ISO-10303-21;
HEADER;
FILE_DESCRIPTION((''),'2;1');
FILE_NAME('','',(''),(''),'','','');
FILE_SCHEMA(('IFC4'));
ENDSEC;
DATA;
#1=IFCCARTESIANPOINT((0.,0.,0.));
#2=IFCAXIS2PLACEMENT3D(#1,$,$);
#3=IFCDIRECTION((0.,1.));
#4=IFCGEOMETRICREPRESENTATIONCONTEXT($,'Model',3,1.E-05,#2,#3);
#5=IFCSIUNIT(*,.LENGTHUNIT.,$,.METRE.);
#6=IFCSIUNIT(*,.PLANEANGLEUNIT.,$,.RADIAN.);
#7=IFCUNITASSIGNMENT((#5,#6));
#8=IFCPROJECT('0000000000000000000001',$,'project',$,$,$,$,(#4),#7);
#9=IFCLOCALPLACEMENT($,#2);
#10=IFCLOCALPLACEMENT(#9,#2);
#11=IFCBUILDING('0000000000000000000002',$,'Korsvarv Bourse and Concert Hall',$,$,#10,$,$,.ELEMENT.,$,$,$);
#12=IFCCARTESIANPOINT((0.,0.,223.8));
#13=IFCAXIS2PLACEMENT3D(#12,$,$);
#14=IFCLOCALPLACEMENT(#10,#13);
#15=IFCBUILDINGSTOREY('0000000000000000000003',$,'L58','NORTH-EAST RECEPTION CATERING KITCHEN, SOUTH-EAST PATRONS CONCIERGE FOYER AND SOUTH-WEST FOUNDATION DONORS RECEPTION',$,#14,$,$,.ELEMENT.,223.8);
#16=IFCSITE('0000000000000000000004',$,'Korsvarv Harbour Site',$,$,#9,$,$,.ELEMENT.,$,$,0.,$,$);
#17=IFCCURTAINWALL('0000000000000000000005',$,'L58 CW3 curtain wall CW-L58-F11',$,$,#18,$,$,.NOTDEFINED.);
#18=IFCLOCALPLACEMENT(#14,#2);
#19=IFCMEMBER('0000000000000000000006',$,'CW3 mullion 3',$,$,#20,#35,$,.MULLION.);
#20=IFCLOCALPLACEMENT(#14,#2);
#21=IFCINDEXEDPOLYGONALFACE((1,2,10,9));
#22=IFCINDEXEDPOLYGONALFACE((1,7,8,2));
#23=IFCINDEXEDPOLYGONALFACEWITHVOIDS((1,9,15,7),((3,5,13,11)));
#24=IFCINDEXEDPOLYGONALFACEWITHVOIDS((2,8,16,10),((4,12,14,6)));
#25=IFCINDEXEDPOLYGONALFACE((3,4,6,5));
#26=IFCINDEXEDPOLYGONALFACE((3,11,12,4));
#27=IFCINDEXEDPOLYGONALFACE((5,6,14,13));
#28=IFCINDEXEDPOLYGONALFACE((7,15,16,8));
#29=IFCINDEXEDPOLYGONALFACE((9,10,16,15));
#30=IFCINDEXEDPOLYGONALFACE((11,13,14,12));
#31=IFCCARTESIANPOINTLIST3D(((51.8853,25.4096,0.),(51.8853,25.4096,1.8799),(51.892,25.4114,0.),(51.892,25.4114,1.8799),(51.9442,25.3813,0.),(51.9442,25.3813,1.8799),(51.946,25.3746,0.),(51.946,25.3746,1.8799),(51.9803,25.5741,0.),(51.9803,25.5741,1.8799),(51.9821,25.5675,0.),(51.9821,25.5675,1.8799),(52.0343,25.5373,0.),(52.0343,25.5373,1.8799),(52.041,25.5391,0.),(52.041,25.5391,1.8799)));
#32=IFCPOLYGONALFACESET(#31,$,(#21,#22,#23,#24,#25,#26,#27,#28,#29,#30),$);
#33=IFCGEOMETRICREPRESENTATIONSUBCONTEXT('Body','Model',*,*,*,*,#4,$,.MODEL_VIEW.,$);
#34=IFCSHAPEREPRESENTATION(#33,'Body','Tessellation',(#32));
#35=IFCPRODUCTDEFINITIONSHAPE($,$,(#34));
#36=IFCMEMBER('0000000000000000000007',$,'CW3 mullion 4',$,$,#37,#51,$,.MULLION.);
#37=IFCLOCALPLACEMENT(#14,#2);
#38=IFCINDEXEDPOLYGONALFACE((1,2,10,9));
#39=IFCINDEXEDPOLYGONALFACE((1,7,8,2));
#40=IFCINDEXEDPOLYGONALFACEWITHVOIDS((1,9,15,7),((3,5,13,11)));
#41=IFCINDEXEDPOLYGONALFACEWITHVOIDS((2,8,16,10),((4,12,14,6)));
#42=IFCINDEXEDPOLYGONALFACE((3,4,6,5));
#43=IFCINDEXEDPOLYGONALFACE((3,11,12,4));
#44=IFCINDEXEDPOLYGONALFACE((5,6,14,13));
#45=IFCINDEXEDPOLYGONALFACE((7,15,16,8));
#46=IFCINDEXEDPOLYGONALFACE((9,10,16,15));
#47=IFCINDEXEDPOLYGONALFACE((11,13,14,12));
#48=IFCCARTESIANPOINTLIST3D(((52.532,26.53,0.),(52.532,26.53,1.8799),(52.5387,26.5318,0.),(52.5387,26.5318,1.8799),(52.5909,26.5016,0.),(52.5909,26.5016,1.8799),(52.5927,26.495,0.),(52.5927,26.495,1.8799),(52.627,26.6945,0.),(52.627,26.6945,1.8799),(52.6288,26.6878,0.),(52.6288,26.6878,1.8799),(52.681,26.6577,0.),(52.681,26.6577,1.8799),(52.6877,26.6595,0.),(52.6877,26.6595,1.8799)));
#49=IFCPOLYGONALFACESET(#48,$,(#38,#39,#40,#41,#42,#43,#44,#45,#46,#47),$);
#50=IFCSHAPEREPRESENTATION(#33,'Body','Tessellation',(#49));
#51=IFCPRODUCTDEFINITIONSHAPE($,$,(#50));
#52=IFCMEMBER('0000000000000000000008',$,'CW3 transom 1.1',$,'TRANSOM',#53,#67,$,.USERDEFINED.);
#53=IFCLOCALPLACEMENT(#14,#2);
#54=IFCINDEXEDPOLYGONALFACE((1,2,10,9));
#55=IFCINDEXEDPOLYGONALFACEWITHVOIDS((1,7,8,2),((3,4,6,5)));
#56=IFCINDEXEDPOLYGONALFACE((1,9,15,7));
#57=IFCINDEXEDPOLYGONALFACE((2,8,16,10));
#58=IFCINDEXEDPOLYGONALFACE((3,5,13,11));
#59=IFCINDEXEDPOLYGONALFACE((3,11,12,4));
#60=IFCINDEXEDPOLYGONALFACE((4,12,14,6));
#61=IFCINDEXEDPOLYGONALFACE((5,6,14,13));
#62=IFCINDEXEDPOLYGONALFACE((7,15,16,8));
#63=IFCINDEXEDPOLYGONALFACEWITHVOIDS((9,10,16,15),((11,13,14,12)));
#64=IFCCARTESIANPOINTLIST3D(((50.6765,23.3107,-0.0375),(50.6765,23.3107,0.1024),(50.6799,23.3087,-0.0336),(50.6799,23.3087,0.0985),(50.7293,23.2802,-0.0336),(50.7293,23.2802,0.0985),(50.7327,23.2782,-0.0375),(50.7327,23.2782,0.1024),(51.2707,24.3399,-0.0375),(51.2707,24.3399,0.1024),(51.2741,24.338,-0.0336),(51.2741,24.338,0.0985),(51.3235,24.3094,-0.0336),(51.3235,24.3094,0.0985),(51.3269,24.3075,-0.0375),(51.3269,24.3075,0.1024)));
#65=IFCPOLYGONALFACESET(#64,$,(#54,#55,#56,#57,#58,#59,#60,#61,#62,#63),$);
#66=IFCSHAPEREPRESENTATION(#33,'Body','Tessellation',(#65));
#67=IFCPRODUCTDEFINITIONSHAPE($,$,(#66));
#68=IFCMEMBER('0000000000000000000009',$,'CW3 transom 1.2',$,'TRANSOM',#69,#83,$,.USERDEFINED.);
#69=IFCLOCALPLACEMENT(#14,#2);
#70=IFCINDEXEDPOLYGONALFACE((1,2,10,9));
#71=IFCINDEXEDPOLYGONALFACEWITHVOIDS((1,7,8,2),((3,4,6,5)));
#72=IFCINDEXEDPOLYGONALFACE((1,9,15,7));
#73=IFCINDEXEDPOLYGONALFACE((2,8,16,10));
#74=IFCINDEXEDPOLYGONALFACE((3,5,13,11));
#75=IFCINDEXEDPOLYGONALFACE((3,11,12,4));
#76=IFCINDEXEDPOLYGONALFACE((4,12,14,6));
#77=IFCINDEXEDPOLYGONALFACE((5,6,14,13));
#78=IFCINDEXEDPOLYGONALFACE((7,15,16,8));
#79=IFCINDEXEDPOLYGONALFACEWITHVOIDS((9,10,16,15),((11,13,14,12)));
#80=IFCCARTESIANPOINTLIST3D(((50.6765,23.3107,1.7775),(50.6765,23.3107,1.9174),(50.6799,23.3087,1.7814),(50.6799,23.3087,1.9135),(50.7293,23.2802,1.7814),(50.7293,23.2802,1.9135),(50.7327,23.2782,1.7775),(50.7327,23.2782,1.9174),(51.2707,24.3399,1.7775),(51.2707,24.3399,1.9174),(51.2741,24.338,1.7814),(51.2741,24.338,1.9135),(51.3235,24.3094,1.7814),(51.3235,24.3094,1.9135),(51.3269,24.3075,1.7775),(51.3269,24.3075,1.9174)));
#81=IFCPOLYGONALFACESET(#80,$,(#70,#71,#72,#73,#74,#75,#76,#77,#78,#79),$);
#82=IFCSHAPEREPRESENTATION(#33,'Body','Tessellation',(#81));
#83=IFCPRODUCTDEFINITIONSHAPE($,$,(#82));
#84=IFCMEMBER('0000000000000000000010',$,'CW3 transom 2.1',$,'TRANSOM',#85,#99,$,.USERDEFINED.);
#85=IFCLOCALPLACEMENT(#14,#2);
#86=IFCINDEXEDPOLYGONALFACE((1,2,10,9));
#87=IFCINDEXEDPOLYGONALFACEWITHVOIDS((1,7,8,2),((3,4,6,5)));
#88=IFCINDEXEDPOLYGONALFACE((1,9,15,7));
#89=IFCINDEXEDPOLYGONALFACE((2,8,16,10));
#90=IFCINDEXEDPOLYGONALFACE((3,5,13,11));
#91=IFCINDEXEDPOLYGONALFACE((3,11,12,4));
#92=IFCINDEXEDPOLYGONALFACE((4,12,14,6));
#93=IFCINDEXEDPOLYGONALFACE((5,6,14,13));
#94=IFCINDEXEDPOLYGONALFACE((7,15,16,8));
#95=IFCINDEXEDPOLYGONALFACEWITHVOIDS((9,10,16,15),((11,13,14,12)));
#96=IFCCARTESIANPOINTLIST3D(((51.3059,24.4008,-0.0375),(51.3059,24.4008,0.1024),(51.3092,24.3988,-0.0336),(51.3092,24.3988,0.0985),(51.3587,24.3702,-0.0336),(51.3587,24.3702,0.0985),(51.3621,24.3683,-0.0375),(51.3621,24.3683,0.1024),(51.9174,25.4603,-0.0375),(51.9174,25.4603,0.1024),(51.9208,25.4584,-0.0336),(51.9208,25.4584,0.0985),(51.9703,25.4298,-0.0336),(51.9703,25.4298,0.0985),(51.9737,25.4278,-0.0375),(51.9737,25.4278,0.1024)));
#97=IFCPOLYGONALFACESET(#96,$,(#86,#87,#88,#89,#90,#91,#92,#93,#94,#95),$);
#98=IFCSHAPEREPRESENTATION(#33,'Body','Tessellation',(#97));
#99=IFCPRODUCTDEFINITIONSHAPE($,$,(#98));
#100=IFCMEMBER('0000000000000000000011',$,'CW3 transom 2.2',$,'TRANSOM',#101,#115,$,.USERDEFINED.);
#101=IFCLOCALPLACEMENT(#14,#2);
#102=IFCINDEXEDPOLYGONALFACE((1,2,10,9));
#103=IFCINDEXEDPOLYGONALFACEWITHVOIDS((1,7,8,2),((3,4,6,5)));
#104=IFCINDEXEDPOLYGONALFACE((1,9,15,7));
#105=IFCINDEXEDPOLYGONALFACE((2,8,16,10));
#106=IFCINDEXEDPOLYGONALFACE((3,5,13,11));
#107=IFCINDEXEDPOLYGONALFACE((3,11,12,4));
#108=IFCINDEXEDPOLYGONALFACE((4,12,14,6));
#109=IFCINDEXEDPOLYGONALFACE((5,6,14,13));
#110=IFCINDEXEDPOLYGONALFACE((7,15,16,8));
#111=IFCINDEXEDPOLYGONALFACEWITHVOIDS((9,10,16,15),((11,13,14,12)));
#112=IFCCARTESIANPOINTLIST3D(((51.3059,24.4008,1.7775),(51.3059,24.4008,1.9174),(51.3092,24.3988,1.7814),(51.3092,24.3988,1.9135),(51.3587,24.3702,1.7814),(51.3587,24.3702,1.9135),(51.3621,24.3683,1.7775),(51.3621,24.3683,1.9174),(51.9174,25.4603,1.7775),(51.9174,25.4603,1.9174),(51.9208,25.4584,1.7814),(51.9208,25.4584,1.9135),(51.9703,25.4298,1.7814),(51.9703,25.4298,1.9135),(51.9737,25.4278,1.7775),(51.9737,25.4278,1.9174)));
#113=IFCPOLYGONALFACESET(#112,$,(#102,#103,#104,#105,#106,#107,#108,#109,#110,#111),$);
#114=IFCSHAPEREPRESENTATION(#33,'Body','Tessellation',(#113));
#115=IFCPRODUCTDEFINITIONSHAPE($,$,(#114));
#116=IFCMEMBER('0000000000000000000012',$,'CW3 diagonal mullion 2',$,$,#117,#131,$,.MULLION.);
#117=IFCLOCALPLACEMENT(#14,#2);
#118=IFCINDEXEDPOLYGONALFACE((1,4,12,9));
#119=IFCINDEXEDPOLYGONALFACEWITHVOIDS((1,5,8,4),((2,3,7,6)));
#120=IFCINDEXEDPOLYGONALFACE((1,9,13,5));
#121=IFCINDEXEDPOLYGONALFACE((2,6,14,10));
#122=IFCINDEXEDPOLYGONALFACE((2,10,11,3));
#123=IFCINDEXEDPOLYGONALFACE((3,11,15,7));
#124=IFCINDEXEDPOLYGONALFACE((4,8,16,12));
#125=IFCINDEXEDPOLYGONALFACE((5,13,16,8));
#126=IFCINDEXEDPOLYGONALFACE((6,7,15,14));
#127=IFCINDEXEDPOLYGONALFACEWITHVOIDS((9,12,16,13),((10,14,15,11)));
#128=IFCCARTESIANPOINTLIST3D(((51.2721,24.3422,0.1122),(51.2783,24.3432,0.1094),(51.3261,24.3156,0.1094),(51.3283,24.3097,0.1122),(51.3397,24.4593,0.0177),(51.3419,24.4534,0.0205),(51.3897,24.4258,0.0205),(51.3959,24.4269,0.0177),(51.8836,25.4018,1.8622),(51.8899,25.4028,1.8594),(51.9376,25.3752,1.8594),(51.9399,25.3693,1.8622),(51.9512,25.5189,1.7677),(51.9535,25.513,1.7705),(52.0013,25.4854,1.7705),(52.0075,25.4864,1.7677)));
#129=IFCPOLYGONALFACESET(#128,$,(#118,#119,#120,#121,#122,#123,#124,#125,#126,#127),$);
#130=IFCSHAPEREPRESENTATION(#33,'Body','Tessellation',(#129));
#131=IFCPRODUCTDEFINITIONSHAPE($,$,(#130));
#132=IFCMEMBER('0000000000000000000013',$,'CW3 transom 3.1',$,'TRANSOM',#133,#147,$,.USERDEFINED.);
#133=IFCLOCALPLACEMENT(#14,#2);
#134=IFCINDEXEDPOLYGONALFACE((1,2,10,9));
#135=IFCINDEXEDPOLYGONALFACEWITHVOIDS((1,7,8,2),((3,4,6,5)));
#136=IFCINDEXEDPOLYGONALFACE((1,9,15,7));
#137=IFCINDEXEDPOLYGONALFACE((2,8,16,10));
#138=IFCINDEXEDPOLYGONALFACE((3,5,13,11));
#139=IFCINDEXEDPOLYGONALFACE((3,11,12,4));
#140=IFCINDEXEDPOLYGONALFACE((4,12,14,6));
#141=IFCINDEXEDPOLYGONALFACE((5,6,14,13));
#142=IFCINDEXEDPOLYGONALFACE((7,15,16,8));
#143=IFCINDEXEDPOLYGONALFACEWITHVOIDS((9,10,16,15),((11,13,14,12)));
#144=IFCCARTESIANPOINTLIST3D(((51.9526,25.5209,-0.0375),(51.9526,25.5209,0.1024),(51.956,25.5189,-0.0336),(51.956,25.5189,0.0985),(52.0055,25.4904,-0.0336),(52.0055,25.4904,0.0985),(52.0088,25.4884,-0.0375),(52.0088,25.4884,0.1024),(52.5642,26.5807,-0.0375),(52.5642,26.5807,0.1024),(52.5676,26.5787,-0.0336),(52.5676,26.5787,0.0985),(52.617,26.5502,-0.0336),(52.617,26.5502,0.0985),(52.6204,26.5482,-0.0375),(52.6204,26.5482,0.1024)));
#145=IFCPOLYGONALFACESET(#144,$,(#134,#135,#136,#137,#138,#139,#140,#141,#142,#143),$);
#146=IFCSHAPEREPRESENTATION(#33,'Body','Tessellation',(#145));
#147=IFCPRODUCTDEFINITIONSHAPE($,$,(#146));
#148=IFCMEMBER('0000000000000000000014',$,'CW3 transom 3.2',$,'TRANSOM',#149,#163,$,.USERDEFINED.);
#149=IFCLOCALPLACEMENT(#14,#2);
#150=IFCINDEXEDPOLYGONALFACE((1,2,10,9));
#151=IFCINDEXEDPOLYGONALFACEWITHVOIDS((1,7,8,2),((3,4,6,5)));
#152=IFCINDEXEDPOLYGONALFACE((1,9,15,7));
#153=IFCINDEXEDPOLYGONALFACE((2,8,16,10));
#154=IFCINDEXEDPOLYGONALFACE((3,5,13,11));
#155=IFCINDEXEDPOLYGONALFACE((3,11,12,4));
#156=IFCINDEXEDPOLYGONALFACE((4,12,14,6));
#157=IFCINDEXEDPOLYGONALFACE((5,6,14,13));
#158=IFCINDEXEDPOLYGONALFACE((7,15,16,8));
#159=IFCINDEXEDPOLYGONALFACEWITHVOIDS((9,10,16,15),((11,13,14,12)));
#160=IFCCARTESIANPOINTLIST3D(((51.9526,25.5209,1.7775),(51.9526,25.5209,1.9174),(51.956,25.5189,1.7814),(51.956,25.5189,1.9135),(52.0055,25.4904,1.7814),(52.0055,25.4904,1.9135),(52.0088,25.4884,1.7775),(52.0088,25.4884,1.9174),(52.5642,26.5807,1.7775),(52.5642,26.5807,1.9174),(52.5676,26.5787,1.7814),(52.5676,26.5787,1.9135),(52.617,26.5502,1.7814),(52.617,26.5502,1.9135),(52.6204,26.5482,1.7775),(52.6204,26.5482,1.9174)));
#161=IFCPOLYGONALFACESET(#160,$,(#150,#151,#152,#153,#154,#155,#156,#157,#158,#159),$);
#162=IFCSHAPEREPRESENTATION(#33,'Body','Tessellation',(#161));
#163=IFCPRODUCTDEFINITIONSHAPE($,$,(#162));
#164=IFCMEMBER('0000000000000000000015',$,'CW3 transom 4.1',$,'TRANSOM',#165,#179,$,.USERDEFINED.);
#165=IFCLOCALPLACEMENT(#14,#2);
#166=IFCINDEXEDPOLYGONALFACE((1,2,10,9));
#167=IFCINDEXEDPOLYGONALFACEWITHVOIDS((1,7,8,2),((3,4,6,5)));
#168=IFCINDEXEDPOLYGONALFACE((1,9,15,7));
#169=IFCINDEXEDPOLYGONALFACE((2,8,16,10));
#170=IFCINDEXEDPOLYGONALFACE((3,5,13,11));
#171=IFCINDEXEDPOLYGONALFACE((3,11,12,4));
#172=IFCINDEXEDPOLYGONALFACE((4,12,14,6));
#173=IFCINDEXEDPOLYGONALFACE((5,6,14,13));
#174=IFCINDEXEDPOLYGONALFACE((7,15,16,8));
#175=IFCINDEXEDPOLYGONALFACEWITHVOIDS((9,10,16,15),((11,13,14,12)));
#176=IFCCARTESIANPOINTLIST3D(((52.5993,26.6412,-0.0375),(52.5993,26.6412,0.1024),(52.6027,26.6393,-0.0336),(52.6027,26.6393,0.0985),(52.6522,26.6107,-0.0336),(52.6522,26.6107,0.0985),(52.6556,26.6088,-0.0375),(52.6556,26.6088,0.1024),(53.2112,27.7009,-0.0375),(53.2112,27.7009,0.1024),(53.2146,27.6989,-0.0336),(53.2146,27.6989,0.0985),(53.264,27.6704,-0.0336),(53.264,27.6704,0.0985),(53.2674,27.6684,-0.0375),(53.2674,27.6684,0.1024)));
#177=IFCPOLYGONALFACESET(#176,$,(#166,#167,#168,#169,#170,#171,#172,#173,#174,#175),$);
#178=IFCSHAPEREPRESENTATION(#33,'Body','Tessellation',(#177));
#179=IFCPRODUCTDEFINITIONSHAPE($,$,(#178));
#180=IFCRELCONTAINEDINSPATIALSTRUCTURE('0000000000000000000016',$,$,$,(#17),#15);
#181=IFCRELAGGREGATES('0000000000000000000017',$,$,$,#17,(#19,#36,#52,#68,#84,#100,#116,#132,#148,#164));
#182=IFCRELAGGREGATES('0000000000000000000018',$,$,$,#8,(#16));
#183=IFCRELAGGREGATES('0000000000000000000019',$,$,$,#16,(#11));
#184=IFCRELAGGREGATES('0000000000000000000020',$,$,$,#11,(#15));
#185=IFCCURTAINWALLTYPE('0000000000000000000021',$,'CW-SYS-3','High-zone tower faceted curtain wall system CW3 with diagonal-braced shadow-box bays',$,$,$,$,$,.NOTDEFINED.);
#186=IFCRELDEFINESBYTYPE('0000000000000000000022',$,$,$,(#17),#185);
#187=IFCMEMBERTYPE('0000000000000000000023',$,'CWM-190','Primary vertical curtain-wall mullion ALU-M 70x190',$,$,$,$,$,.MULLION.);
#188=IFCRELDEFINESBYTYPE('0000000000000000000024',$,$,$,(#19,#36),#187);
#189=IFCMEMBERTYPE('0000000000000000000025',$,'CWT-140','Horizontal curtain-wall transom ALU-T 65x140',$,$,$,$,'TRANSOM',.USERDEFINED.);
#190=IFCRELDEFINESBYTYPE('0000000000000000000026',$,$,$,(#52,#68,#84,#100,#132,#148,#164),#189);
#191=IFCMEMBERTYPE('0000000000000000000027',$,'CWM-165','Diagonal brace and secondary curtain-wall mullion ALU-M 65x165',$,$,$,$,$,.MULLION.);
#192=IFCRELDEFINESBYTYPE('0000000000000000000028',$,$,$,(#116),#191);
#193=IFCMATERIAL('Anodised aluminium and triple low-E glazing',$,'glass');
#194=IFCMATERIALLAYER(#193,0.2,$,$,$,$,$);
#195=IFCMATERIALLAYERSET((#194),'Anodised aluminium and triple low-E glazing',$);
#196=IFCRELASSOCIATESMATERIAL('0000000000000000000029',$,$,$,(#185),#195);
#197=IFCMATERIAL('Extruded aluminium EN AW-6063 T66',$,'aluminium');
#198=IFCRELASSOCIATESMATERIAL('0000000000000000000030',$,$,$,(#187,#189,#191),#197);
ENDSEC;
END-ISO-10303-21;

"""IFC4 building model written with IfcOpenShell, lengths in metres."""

from ifc_helpers import new_model, si_unit, direction, frame, origin, origin_2d, place, context, subcontext, project, spatial, hollow_rectangle, extrude, source, transform, mapped, material, layer, layer_set, material_profile, profile_set, type_object, element, aggregate, save


model = new_model("IFC4")

# Units and contexts
model_context = context("Model", 3, precision=1e-05, world=origin(), true_north=direction((0.0, 1.0)))
body_context = subcontext(model_context, "Body", "Model", "MODEL_VIEW")
ifc_project = project(units=[si_unit("LENGTHUNIT", "METRE"), si_unit("PLANEANGLEUNIT", "RADIAN")], contexts=[model_context])

# Site, building, storey
site_placement = place(None, origin())
site = spatial("IfcSite", under=ifc_project, at=site_placement, Name="Korsvarv Harbour Site", CompositionType="ELEMENT", RefElevation=0.0)
building_placement = place(site_placement, origin())
building = spatial("IfcBuilding", under=site, at=building_placement, Name="Korsvarv Bourse and Concert Hall", CompositionType="ELEMENT")
storey_placement = place(building_placement, frame((0.0, 0.0, 223.8)))
storey = spatial("IfcBuildingStorey", under=building, at=storey_placement, Name="L58", Description="NORTH-EAST RECEPTION CATERING KITCHEN, SOUTH-EAST PATRONS CONCIERGE FOYER AND SOUTH-WEST FOUNDATION DONORS RECEPTION", CompositionType="ELEMENT", Elevation=223.8)

# Curtain wall, members
ifc_material_1 = material(Name="Anodised aluminium and triple low-E glazing", Category="glass")
ifc_layer_1 = layer(ifc_material_1, 0.2)
ifc_layer_set_1 = layer_set([ifc_layer_1], Name="Anodised aluminium and triple low-E glazing")
curtain_wall_type = type_object("IfcCurtainWallType", Name="CW-SYS-3", Description="High-zone tower faceted curtain wall system CW3 with diagonal-braced shadow-box bays", PredefinedType="NOTDEFINED", material=ifc_layer_set_1)
curtain_wall_placement = place(storey_placement, origin())
curtain_wall = element("IfcCurtainWall", 1, at=curtain_wall_placement, inside=storey, type_object=curtain_wall_type, Name="L58 CW3 curtain wall CW-L58-F11", PredefinedType="NOTDEFINED")
ifc_material_2 = material(Name="Extruded aluminium EN AW-6063 T66", Category="aluminium")
ifc_material_profile_1 = material_profile(ifc_material_2, hollow_rectangle(XDim=0.0701, YDim=0.1899, WallThickness=0.0049, at=origin_2d()), Name="ALU-M 70x190")
ifc_profile_set_1 = profile_set([ifc_material_profile_1], Name="Extruded aluminium EN AW-6063 T66")
member_type_1 = type_object("IfcMemberType", Name="CWM-190", Description="Primary vertical curtain-wall mullion ALU-M 70x190", PredefinedType="MULLION", material=ifc_profile_set_1)
shared_shape_1 = source(origin(), body_context, "Body", "SweptSolid", [
    extrude(hollow_rectangle(XDim=0.0701, YDim=0.1899, WallThickness=0.0049, at=origin_2d()), origin(), (0.0, 0.0, 1.0), 1.8799),
])
member_1_placement = place(storey_placement, frame((51.9631, 25.4744, 0.0), z_axis=(0.0, 0.0, 1.0), x_axis=(-0.86603, 0.499992, 0.0)))
member_1 = element("IfcMember", 2, at=member_1_placement, type_object=member_type_1, Name="CW3 mullion 3", PredefinedType="MULLION", context=body_context, shape_type="MappedRepresentation", body=[
    mapped(shared_shape_1, transform((0.0, 0.0, 0.0), scale=1.0)),
])
member_2_placement = place(storey_placement, frame((52.6099, 26.5947, 0.0), z_axis=(0.0, 0.0, 1.0), x_axis=(-0.86603, 0.499992, 0.0)))
member_2 = element("IfcMember", 3, at=member_2_placement, type_object=member_type_1, Name="CW3 mullion 4", PredefinedType="MULLION", context=body_context, shape_type="MappedRepresentation", body=[
    mapped(shared_shape_1, transform((0.0, 0.0, 0.0), scale=1.0)),
])
ifc_material_profile_2 = material_profile(ifc_material_2, hollow_rectangle(XDim=0.0649, YDim=0.1399, WallThickness=0.0039, at=origin_2d()), Name="ALU-T 65x140")
ifc_profile_set_2 = profile_set([ifc_material_profile_2], Name="Extruded aluminium EN AW-6063 T66")
member_type_2 = type_object("IfcMemberType", Name="CWT-140", Description="Horizontal curtain-wall transom ALU-T 65x140", ElementType="TRANSOM", PredefinedType="USERDEFINED", material=ifc_profile_set_2)
shared_shape_2 = source(origin(), body_context, "Body", "SweptSolid", [
    extrude(hollow_rectangle(XDim=0.0649, YDim=0.1399, WallThickness=0.0039, at=origin_2d()), origin(), (0.0, 0.0, 1.0), 1.1885),
])
member_3_placement = place(storey_placement, frame((50.7046, 23.2944, 0.0325), z_axis=(0.499983, 0.866035, 0.0), x_axis=(-0.866035, 0.499983, 0.0)))
member_3 = element("IfcMember", 4, at=member_3_placement, type_object=member_type_2, Name="CW3 transom 1.1", ObjectType="TRANSOM", PredefinedType="USERDEFINED", context=body_context, shape_type="MappedRepresentation", body=[
    mapped(shared_shape_2, transform((0.0, 0.0, 0.0), scale=1.0)),
])
member_4_placement = place(storey_placement, frame((50.7046, 23.2944, 1.8474), z_axis=(0.499983, 0.866035, 0.0), x_axis=(-0.866035, 0.499983, 0.0)))
member_4 = element("IfcMember", 5, at=member_4_placement, type_object=member_type_2, Name="CW3 transom 1.2", ObjectType="TRANSOM", PredefinedType="USERDEFINED", context=body_context, shape_type="MappedRepresentation", body=[
    mapped(shared_shape_2, transform((0.0, 0.0, 0.0), scale=1.0)),
])
shared_shape_3 = source(origin(), body_context, "Body", "SweptSolid", [
    extrude(hollow_rectangle(XDim=0.0649, YDim=0.1399, WallThickness=0.0039, at=origin_2d()), origin(), (0.0, 0.0, 1.0), 1.2234),
])
member_5_placement = place(storey_placement, frame((51.334, 24.3845, 0.0325), z_axis=(0.499895, 0.866086, 0.0), x_axis=(-0.866086, 0.499895, 0.0)))
member_5 = element("IfcMember", 6, at=member_5_placement, type_object=member_type_2, Name="CW3 transom 2.1", ObjectType="TRANSOM", PredefinedType="USERDEFINED", context=body_context, shape_type="MappedRepresentation", body=[
    mapped(shared_shape_3, transform((0.0, 0.0, 0.0), scale=1.0)),
])
member_6_placement = place(storey_placement, frame((51.334, 24.3845, 1.8474), z_axis=(0.499895, 0.866086, 0.0), x_axis=(-0.866086, 0.499895, 0.0)))
member_6 = element("IfcMember", 7, at=member_6_placement, type_object=member_type_2, Name="CW3 transom 2.2", ObjectType="TRANSOM", PredefinedType="USERDEFINED", context=body_context, shape_type="MappedRepresentation", body=[
    mapped(shared_shape_3, transform((0.0, 0.0, 0.0), scale=1.0)),
])
ifc_material_profile_3 = material_profile(ifc_material_2, hollow_rectangle(XDim=0.0649, YDim=0.165, WallThickness=0.0049, at=origin_2d()), Name="ALU-M 65x165")
ifc_profile_set_3 = profile_set([ifc_material_profile_3], Name="Extruded aluminium EN AW-6063 T66")
member_type_3 = type_object("IfcMemberType", Name="CWM-165", Description="Diagonal brace and secondary curtain-wall mullion ALU-M 65x165", PredefinedType="MULLION", material=ifc_profile_set_3)
shared_shape_4 = source(origin(), body_context, "Body", "SweptSolid", [
    extrude(hollow_rectangle(XDim=0.0649, YDim=0.165, WallThickness=0.0049, at=origin_2d()), origin(), (0.0, 0.0, 1.0), 2.1353),
])
member_7_placement = place(storey_placement, frame((51.334, 24.3845, 0.0649), z_axis=(0.28642, 0.496232, 0.819584), x_axis=(-0.866086, 0.499895, 0.0)))
member_7 = element("IfcMember", 8, at=member_7_placement, type_object=member_type_3, Name="CW3 diagonal mullion 2", PredefinedType="MULLION", context=body_context, shape_type="MappedRepresentation", body=[
    mapped(shared_shape_4, transform((0.0, 0.0, 0.0), scale=1.0)),
])
shared_shape_5 = source(origin(), body_context, "Body", "SweptSolid", [
    extrude(hollow_rectangle(XDim=0.0649, YDim=0.1399, WallThickness=0.0039, at=origin_2d()), origin(), (0.0, 0.0, 1.0), 1.2236),
])
member_8_placement = place(storey_placement, frame((51.9807, 25.5046, 0.0325), z_axis=(0.499809, 0.866136, 0.0), x_axis=(-0.866136, 0.499809, 0.0)))
member_8 = element("IfcMember", 9, at=member_8_placement, type_object=member_type_2, Name="CW3 transom 3.1", ObjectType="TRANSOM", PredefinedType="USERDEFINED", context=body_context, shape_type="MappedRepresentation", body=[
    mapped(shared_shape_5, transform((0.0, 0.0, 0.0), scale=1.0)),
])
member_9_placement = place(storey_placement, frame((51.9807, 25.5046, 1.8474), z_axis=(0.499809, 0.866136, 0.0), x_axis=(-0.866136, 0.499809, 0.0)))
member_9 = element("IfcMember", 10, at=member_9_placement, type_object=member_type_2, Name="CW3 transom 3.2", ObjectType="TRANSOM", PredefinedType="USERDEFINED", context=body_context, shape_type="MappedRepresentation", body=[
    mapped(shared_shape_5, transform((0.0, 0.0, 0.0), scale=1.0)),
])
member_10_placement = place(storey_placement, frame((52.6274, 26.625, 0.0325), z_axis=(0.500045, 0.865999, 0.0), x_axis=(-0.865999, 0.500045, 0.0)))
member_10 = element("IfcMember", 11, at=member_10_placement, type_object=member_type_2, Name="CW3 transom 4.1", ObjectType="TRANSOM", PredefinedType="USERDEFINED", context=body_context, shape_type="MappedRepresentation", body=[
    mapped(shared_shape_5, transform((0.0, 0.0, 0.0), scale=1.0)),
])
aggregate(curtain_wall, [member_1, member_2, member_3, member_4, member_5, member_6, member_7, member_8, member_9, member_10])

save(model, "model.ifc")
